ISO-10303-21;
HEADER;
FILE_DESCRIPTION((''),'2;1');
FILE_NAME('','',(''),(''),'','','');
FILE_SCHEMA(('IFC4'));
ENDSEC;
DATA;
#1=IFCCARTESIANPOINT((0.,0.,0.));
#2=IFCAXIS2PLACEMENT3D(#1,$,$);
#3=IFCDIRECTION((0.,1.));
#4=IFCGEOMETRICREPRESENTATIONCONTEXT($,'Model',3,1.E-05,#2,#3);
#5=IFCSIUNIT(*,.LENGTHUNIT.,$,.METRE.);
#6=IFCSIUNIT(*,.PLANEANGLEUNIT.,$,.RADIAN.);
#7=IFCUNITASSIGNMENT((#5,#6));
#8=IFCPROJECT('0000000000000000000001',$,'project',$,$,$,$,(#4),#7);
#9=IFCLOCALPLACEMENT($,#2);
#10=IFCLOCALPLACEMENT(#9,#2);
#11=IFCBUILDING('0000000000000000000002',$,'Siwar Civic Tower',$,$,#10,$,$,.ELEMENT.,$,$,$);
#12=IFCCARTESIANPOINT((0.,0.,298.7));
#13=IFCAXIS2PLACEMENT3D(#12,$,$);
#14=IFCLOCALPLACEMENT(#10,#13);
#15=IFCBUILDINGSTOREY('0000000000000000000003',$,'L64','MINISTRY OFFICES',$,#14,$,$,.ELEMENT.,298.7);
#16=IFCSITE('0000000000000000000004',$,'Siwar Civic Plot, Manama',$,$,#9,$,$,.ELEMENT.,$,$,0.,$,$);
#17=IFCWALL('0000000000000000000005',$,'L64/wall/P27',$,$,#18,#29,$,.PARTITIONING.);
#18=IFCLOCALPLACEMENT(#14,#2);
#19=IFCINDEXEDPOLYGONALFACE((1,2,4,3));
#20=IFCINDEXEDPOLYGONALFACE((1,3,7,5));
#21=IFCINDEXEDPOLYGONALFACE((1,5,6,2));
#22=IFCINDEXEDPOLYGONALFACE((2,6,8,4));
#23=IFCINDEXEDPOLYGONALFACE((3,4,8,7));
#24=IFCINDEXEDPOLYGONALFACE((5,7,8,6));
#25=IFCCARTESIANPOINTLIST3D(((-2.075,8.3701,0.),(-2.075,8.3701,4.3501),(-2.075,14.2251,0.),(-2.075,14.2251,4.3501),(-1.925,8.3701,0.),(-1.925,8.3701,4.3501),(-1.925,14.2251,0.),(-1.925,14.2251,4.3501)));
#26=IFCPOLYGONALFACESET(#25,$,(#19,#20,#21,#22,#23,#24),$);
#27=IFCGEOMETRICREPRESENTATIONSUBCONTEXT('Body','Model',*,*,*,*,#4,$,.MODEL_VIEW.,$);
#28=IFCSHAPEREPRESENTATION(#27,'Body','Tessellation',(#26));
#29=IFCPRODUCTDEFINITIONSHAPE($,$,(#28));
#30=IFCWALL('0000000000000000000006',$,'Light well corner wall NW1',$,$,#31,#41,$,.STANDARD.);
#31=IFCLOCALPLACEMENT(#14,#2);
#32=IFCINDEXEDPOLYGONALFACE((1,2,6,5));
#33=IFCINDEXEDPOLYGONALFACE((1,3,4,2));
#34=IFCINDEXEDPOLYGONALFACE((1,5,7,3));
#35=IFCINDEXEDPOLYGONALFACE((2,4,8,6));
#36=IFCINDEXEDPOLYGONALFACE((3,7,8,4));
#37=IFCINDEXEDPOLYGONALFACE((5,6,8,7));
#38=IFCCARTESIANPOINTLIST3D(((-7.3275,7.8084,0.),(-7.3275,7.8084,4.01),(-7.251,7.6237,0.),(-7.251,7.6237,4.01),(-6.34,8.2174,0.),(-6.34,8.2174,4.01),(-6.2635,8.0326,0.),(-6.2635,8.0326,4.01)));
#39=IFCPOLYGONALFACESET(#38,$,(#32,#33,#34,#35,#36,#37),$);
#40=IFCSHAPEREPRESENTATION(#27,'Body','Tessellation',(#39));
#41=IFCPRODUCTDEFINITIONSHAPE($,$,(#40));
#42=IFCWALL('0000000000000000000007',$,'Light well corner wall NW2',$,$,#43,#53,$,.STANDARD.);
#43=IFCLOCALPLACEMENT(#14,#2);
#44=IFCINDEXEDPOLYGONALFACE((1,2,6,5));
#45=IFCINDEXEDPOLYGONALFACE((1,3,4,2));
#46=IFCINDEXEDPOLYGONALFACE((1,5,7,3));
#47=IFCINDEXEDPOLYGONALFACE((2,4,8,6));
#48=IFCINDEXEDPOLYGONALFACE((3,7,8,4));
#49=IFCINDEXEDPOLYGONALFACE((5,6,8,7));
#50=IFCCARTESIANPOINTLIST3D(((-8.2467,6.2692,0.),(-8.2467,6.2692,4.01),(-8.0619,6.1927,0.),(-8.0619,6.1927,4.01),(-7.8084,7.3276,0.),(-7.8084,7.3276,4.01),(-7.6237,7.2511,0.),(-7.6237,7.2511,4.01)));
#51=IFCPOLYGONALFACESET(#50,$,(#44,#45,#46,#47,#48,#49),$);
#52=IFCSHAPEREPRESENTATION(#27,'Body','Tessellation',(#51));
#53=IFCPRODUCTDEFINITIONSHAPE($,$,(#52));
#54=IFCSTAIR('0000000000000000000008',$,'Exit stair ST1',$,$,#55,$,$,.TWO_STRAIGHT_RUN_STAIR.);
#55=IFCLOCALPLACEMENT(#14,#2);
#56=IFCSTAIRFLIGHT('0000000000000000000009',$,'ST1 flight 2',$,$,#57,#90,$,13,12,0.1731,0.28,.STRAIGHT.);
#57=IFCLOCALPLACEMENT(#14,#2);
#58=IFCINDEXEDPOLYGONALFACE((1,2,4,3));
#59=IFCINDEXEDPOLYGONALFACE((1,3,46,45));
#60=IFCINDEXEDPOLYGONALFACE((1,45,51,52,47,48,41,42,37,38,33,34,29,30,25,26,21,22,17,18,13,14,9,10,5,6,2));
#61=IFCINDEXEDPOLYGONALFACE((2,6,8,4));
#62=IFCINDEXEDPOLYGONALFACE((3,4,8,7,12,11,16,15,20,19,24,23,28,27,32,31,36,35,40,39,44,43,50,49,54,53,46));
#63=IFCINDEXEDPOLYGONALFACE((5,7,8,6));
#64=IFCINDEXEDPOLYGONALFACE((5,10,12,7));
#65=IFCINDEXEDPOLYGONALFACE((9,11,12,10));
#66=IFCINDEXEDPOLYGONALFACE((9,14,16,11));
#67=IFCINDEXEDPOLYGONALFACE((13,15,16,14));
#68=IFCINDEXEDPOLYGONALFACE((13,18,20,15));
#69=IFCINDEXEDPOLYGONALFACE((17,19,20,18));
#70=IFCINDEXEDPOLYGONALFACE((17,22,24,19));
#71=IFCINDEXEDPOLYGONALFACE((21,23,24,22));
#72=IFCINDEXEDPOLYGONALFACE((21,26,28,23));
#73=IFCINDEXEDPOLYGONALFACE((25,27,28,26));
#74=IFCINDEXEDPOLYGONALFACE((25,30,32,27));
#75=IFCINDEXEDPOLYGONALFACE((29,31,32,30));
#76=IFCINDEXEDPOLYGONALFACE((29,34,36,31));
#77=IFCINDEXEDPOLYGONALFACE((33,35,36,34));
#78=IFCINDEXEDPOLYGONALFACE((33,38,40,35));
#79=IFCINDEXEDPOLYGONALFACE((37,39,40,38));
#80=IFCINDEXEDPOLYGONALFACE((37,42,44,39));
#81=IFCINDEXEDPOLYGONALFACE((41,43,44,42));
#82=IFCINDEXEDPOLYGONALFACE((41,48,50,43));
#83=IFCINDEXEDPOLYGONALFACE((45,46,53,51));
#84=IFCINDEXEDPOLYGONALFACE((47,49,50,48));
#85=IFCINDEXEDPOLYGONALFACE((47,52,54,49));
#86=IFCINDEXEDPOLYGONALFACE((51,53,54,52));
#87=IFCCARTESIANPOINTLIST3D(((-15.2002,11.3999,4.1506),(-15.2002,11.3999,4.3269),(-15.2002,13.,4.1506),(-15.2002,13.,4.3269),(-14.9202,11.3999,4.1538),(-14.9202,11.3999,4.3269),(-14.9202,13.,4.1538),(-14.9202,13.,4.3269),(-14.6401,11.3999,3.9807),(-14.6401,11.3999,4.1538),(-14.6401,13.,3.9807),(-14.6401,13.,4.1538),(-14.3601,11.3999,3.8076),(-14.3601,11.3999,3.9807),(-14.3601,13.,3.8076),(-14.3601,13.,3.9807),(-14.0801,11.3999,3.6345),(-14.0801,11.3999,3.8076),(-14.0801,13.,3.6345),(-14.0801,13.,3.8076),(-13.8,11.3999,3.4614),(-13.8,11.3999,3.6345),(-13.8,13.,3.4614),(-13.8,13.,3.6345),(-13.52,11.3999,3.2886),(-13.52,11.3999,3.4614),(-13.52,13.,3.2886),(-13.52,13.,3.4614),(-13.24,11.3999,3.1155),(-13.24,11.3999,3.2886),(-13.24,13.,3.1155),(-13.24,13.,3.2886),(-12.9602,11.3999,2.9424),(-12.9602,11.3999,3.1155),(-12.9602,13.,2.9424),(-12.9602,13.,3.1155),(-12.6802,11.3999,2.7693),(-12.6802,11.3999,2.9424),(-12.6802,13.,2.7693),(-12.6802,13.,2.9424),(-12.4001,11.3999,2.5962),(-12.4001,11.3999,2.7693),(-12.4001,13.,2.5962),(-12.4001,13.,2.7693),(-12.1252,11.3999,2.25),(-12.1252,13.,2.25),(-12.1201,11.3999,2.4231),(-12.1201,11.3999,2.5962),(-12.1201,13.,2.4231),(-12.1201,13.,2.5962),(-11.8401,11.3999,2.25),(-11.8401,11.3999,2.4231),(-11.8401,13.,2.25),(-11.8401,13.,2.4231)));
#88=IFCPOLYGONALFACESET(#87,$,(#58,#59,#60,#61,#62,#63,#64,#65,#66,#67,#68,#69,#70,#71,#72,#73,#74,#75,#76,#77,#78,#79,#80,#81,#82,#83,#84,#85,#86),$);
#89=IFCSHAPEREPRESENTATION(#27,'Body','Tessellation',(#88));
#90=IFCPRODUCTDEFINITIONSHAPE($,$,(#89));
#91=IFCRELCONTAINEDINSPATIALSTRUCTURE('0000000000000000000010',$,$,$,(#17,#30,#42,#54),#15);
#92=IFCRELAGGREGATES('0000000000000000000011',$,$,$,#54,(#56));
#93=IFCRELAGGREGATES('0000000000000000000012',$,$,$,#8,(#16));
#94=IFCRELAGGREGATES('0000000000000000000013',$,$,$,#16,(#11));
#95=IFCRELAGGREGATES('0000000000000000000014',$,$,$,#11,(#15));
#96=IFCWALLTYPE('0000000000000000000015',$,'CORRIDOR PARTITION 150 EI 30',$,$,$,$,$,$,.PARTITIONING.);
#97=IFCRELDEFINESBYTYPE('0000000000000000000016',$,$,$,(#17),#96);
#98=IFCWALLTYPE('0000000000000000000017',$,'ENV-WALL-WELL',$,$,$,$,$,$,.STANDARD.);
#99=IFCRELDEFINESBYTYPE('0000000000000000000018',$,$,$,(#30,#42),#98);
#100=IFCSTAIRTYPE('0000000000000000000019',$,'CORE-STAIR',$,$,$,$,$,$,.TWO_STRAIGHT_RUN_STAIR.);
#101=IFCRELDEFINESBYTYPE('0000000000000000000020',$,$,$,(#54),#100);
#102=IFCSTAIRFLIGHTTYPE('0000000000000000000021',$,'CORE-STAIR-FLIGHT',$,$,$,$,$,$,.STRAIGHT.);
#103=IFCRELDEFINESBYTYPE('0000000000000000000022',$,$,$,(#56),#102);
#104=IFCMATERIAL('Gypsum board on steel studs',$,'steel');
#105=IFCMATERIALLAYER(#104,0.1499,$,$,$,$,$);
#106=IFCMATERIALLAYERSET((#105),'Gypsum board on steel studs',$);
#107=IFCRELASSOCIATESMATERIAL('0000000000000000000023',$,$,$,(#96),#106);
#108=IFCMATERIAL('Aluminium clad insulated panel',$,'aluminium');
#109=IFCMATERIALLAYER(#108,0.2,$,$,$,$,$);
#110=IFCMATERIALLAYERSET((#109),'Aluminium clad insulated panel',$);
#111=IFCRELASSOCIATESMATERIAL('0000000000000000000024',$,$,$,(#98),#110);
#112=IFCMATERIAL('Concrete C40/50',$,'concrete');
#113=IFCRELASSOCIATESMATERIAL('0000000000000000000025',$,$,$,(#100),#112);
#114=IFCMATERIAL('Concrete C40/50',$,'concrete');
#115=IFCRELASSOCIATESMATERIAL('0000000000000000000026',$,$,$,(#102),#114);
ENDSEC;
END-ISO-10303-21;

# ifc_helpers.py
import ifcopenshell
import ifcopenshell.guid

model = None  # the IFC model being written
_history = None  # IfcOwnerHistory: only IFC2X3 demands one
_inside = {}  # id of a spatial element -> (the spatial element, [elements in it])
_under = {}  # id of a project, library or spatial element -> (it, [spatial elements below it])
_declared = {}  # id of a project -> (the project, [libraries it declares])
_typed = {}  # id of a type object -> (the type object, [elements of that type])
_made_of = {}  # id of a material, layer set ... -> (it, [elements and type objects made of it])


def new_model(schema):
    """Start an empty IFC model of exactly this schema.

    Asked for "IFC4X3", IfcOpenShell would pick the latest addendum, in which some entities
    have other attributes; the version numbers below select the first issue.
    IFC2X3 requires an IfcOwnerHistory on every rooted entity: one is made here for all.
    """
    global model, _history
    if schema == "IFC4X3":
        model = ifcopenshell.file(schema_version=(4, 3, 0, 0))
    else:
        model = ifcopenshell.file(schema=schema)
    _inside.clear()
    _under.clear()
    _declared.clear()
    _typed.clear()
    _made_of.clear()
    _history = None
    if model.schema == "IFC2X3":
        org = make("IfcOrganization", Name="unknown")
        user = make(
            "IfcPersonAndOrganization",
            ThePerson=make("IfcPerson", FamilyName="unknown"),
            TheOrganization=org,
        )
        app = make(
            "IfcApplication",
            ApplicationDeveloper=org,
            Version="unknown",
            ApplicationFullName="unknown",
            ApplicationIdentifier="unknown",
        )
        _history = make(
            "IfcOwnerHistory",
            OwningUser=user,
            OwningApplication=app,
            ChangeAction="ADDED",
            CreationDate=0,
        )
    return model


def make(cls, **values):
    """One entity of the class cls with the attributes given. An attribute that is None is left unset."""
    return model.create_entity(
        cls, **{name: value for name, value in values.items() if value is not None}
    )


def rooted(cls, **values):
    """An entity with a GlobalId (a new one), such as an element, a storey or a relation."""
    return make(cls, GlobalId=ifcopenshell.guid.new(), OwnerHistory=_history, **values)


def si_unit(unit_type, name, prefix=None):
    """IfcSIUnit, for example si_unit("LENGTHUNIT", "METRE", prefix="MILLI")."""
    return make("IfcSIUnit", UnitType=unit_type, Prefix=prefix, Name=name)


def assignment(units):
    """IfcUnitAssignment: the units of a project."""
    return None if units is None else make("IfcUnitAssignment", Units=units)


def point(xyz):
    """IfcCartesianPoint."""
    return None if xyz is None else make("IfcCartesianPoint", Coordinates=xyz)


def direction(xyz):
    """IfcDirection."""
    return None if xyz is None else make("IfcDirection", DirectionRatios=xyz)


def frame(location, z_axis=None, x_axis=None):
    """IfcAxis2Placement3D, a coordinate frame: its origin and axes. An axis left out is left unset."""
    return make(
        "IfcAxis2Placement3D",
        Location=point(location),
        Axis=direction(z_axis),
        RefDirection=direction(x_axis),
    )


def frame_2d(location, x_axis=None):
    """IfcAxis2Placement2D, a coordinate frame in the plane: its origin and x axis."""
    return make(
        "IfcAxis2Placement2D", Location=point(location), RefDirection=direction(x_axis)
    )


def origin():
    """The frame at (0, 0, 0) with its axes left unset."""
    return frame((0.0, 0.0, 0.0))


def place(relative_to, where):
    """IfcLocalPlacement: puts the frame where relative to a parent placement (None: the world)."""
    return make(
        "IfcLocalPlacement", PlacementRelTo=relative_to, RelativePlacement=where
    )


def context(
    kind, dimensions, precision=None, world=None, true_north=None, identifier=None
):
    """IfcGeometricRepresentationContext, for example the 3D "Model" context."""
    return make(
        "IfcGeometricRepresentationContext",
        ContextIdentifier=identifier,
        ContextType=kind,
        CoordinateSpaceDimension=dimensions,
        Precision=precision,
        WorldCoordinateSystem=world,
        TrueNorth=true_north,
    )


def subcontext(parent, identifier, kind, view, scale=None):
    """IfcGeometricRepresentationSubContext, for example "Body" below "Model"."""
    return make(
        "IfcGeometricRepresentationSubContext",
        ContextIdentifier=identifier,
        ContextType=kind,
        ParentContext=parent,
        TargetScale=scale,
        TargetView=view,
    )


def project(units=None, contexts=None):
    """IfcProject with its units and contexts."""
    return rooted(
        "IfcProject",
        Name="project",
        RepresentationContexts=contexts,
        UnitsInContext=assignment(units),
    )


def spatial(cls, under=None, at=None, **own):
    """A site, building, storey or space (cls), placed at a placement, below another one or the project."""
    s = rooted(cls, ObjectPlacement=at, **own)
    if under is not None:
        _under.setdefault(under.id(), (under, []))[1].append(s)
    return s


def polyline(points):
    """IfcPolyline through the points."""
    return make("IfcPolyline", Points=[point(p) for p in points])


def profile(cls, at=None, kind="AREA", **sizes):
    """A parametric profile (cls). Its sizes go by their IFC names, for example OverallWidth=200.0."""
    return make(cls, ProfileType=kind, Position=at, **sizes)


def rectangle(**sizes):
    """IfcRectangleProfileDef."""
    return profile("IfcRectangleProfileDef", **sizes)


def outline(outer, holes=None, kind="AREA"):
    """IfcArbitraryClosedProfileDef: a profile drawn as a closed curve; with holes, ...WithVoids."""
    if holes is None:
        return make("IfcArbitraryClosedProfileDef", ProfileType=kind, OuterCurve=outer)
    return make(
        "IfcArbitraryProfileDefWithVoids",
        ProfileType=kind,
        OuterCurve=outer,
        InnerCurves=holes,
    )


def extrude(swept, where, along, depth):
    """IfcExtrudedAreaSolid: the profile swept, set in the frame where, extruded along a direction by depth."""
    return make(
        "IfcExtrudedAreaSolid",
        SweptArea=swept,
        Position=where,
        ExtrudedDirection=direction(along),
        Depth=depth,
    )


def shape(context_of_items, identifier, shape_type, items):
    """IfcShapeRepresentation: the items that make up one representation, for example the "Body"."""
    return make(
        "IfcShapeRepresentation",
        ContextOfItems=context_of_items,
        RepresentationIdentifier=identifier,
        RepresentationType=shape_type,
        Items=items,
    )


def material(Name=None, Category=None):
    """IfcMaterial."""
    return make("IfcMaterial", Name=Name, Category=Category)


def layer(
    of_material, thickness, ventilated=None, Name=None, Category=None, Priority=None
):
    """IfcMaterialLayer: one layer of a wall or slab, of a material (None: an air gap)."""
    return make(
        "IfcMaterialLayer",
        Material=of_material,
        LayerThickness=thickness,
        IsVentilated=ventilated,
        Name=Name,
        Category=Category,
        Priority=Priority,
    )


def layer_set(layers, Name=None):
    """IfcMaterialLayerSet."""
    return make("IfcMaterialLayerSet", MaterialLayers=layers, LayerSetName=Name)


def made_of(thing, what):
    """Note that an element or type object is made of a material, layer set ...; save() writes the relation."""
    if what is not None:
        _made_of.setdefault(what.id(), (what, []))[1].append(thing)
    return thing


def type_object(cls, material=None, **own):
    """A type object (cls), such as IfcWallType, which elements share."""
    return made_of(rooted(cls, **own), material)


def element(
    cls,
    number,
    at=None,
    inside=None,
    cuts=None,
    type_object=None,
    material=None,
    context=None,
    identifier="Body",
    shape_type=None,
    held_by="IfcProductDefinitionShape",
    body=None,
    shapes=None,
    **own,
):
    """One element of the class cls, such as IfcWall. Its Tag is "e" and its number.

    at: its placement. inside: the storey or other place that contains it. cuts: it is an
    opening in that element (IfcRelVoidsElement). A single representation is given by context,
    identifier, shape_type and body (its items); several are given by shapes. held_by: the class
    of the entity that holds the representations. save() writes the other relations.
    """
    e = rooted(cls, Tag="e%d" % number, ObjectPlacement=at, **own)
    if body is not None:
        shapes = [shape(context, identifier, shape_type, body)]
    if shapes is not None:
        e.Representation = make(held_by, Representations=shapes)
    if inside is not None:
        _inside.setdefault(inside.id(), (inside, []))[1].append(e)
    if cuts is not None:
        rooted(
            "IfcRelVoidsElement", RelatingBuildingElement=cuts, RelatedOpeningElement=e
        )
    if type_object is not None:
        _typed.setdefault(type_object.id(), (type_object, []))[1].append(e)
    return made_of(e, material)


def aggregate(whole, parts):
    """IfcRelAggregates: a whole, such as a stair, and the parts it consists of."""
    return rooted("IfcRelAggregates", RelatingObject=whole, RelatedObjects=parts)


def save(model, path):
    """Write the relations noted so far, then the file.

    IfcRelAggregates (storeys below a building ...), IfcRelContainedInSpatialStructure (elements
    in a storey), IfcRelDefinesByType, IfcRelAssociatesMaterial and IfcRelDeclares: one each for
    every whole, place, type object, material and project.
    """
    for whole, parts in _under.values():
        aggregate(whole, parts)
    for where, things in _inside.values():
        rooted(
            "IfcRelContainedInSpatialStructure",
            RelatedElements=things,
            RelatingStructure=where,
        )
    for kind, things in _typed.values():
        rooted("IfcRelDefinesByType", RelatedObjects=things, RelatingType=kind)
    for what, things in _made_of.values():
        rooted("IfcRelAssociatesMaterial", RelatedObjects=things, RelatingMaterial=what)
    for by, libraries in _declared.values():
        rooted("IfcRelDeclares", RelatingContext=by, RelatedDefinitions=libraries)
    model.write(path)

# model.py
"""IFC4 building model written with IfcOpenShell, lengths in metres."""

from ifc_helpers import new_model, si_unit, direction, frame, frame_2d, origin, place, context, subcontext, project, spatial, polyline, rectangle, outline, extrude, material, layer, layer_set, type_object, element, aggregate, save


model = new_model("IFC4")

# Units and contexts
model_context = context("Model", 3, precision=1e-05, world=origin(), true_north=direction((0.0, 1.0)))
body_context = subcontext(model_context, "Body", "Model", "MODEL_VIEW")
ifc_project = project(units=[si_unit("LENGTHUNIT", "METRE"), si_unit("PLANEANGLEUNIT", "RADIAN")], contexts=[model_context])

# Site, building, storey
site_placement = place(None, origin())
site = spatial("IfcSite", under=ifc_project, at=site_placement, Name="Siwar Civic Plot, Manama", CompositionType="ELEMENT", RefElevation=0.0)
building_placement = place(site_placement, origin())
building = spatial("IfcBuilding", under=site, at=building_placement, Name="Siwar Civic Tower", CompositionType="ELEMENT")
storey_placement = place(building_placement, frame((0.0, 0.0, 298.7)))
storey = spatial("IfcBuildingStorey", under=building, at=storey_placement, Name="L64", Description="MINISTRY OFFICES", CompositionType="ELEMENT", Elevation=298.7)

# Walls
ifc_material_1 = material(Name="Gypsum board on steel studs", Category="steel")
ifc_layer_1 = layer(ifc_material_1, 0.1499)
ifc_layer_set_1 = layer_set([ifc_layer_1], Name="Gypsum board on steel studs")
wall_type_1 = type_object("IfcWallType", Name="CORRIDOR PARTITION 150 EI 30", PredefinedType="PARTITIONING", material=ifc_layer_set_1)
wall_1_placement = place(storey_placement, frame((-2.0, 8.3701, 0.0), z_axis=(0.0, 0.0, 1.0), x_axis=(0.0, 1.0, 0.0)))
element("IfcWall", 1, at=wall_1_placement, inside=storey, type_object=wall_type_1, Name="L64/wall/P27", PredefinedType="PARTITIONING", context=body_context, shape_type="SweptSolid", body=[
    extrude(rectangle(XDim=5.855, YDim=0.1499, at=frame_2d((2.9275, 0.0))), origin(), (0.0, 0.0, 1.0), 4.3501),
])
ifc_material_2 = material(Name="Aluminium clad insulated panel", Category="aluminium")
ifc_layer_2 = layer(ifc_material_2, 0.2)
ifc_layer_set_2 = layer_set([ifc_layer_2], Name="Aluminium clad insulated panel")
wall_type_2 = type_object("IfcWallType", Name="ENV-WALL-WELL", PredefinedType="STANDARD", material=ifc_layer_set_2)
wall_2_placement = place(storey_placement, frame((-6.3018, 8.125, 0.0), z_axis=(0.0, 0.0, 1.0), x_axis=(-0.923919, -0.382587, 0.0)))
element("IfcWall", 2, at=wall_2_placement, inside=storey, type_object=wall_type_2, Name="Light well corner wall NW1", PredefinedType="STANDARD", context=body_context, shape_type="SweptSolid", body=[
    extrude(rectangle(XDim=1.0688, YDim=0.2, at=frame_2d((0.5344, 0.0))), origin(), (0.0, 0.0, 1.0), 4.01),
])
wall_3_placement = place(storey_placement, frame((-7.7161, 7.2893, 0.0), z_axis=(0.0, 0.0, 1.0), x_axis=(-0.382571, -0.923926, 0.0)))
element("IfcWall", 3, at=wall_3_placement, inside=storey, type_object=wall_type_2, Name="Light well corner wall NW2", PredefinedType="STANDARD", context=body_context, shape_type="SweptSolid", body=[
    extrude(rectangle(XDim=1.1455, YDim=0.2, at=frame_2d((0.5728, 0.0))), origin(), (0.0, 0.0, 1.0), 4.01),
])

# Stair, stair flight
ifc_material_3 = material(Name="Concrete C40/50", Category="concrete")
stair_type = type_object("IfcStairType", Name="CORE-STAIR", PredefinedType="TWO_STRAIGHT_RUN_STAIR", material=ifc_material_3)
stair_placement = place(storey_placement, origin())
stair = element("IfcStair", 4, at=stair_placement, inside=storey, type_object=stair_type, Name="Exit stair ST1", PredefinedType="TWO_STRAIGHT_RUN_STAIR")
ifc_material_4 = material(Name="Concrete C40/50", Category="concrete")
stair_flight_type = type_object("IfcStairFlightType", Name="CORE-STAIR-FLIGHT", PredefinedType="STRAIGHT", material=ifc_material_4)
stair_flight_placement = place(storey_placement, frame((-11.8401, 12.2, 2.25), z_axis=(0.0, 0.0, 1.0), x_axis=(-1.0, 0.0, 0.0)))
stair_flight = element("IfcStairFlight", 5, at=stair_flight_placement, type_object=stair_flight_type, Name="ST1 flight 2", NumberOfRisers=13, NumberOfTreads=12, PredefinedType="STRAIGHT", RiserHeight=0.1731, TreadLength=0.28, context=body_context, shape_type="SweptSolid", body=[
    extrude(outline(polyline([(0.0, 0.0), (0.0, 0.1731), (0.28, 0.1731), (0.28, 0.3462), (0.5601, 0.3462), (0.5601, 0.5193), (0.8401, 0.5193), (0.8401, 0.6924), (1.1201, 0.6924), (1.1201, 0.8655), (1.3999, 0.8655), (1.3999, 1.0386), (1.6799, 1.0386), (1.6799, 1.2114), (1.96, 1.2114), (1.96, 1.3845), (2.24, 1.3845), (2.24, 1.5576), (2.52, 1.5576), (2.52, 1.7307), (2.8, 1.7307), (2.8, 1.9038), (3.0801, 1.9038), (3.0801, 2.0769), (3.3601, 2.0769), (3.3601, 2.25), (3.3601, 1.9006), (0.2852, 0.0), (0.0, 0.0)])), frame((0.0, 0.8, 0.0), z_axis=(0.0, -1.0, 0.0), x_axis=(1.0, 0.0, 0.0)), (0.0, 0.0, 1.0), 1.6001),
])
aggregate(stair, [stair_flight])

save(model, "model.ifc")
